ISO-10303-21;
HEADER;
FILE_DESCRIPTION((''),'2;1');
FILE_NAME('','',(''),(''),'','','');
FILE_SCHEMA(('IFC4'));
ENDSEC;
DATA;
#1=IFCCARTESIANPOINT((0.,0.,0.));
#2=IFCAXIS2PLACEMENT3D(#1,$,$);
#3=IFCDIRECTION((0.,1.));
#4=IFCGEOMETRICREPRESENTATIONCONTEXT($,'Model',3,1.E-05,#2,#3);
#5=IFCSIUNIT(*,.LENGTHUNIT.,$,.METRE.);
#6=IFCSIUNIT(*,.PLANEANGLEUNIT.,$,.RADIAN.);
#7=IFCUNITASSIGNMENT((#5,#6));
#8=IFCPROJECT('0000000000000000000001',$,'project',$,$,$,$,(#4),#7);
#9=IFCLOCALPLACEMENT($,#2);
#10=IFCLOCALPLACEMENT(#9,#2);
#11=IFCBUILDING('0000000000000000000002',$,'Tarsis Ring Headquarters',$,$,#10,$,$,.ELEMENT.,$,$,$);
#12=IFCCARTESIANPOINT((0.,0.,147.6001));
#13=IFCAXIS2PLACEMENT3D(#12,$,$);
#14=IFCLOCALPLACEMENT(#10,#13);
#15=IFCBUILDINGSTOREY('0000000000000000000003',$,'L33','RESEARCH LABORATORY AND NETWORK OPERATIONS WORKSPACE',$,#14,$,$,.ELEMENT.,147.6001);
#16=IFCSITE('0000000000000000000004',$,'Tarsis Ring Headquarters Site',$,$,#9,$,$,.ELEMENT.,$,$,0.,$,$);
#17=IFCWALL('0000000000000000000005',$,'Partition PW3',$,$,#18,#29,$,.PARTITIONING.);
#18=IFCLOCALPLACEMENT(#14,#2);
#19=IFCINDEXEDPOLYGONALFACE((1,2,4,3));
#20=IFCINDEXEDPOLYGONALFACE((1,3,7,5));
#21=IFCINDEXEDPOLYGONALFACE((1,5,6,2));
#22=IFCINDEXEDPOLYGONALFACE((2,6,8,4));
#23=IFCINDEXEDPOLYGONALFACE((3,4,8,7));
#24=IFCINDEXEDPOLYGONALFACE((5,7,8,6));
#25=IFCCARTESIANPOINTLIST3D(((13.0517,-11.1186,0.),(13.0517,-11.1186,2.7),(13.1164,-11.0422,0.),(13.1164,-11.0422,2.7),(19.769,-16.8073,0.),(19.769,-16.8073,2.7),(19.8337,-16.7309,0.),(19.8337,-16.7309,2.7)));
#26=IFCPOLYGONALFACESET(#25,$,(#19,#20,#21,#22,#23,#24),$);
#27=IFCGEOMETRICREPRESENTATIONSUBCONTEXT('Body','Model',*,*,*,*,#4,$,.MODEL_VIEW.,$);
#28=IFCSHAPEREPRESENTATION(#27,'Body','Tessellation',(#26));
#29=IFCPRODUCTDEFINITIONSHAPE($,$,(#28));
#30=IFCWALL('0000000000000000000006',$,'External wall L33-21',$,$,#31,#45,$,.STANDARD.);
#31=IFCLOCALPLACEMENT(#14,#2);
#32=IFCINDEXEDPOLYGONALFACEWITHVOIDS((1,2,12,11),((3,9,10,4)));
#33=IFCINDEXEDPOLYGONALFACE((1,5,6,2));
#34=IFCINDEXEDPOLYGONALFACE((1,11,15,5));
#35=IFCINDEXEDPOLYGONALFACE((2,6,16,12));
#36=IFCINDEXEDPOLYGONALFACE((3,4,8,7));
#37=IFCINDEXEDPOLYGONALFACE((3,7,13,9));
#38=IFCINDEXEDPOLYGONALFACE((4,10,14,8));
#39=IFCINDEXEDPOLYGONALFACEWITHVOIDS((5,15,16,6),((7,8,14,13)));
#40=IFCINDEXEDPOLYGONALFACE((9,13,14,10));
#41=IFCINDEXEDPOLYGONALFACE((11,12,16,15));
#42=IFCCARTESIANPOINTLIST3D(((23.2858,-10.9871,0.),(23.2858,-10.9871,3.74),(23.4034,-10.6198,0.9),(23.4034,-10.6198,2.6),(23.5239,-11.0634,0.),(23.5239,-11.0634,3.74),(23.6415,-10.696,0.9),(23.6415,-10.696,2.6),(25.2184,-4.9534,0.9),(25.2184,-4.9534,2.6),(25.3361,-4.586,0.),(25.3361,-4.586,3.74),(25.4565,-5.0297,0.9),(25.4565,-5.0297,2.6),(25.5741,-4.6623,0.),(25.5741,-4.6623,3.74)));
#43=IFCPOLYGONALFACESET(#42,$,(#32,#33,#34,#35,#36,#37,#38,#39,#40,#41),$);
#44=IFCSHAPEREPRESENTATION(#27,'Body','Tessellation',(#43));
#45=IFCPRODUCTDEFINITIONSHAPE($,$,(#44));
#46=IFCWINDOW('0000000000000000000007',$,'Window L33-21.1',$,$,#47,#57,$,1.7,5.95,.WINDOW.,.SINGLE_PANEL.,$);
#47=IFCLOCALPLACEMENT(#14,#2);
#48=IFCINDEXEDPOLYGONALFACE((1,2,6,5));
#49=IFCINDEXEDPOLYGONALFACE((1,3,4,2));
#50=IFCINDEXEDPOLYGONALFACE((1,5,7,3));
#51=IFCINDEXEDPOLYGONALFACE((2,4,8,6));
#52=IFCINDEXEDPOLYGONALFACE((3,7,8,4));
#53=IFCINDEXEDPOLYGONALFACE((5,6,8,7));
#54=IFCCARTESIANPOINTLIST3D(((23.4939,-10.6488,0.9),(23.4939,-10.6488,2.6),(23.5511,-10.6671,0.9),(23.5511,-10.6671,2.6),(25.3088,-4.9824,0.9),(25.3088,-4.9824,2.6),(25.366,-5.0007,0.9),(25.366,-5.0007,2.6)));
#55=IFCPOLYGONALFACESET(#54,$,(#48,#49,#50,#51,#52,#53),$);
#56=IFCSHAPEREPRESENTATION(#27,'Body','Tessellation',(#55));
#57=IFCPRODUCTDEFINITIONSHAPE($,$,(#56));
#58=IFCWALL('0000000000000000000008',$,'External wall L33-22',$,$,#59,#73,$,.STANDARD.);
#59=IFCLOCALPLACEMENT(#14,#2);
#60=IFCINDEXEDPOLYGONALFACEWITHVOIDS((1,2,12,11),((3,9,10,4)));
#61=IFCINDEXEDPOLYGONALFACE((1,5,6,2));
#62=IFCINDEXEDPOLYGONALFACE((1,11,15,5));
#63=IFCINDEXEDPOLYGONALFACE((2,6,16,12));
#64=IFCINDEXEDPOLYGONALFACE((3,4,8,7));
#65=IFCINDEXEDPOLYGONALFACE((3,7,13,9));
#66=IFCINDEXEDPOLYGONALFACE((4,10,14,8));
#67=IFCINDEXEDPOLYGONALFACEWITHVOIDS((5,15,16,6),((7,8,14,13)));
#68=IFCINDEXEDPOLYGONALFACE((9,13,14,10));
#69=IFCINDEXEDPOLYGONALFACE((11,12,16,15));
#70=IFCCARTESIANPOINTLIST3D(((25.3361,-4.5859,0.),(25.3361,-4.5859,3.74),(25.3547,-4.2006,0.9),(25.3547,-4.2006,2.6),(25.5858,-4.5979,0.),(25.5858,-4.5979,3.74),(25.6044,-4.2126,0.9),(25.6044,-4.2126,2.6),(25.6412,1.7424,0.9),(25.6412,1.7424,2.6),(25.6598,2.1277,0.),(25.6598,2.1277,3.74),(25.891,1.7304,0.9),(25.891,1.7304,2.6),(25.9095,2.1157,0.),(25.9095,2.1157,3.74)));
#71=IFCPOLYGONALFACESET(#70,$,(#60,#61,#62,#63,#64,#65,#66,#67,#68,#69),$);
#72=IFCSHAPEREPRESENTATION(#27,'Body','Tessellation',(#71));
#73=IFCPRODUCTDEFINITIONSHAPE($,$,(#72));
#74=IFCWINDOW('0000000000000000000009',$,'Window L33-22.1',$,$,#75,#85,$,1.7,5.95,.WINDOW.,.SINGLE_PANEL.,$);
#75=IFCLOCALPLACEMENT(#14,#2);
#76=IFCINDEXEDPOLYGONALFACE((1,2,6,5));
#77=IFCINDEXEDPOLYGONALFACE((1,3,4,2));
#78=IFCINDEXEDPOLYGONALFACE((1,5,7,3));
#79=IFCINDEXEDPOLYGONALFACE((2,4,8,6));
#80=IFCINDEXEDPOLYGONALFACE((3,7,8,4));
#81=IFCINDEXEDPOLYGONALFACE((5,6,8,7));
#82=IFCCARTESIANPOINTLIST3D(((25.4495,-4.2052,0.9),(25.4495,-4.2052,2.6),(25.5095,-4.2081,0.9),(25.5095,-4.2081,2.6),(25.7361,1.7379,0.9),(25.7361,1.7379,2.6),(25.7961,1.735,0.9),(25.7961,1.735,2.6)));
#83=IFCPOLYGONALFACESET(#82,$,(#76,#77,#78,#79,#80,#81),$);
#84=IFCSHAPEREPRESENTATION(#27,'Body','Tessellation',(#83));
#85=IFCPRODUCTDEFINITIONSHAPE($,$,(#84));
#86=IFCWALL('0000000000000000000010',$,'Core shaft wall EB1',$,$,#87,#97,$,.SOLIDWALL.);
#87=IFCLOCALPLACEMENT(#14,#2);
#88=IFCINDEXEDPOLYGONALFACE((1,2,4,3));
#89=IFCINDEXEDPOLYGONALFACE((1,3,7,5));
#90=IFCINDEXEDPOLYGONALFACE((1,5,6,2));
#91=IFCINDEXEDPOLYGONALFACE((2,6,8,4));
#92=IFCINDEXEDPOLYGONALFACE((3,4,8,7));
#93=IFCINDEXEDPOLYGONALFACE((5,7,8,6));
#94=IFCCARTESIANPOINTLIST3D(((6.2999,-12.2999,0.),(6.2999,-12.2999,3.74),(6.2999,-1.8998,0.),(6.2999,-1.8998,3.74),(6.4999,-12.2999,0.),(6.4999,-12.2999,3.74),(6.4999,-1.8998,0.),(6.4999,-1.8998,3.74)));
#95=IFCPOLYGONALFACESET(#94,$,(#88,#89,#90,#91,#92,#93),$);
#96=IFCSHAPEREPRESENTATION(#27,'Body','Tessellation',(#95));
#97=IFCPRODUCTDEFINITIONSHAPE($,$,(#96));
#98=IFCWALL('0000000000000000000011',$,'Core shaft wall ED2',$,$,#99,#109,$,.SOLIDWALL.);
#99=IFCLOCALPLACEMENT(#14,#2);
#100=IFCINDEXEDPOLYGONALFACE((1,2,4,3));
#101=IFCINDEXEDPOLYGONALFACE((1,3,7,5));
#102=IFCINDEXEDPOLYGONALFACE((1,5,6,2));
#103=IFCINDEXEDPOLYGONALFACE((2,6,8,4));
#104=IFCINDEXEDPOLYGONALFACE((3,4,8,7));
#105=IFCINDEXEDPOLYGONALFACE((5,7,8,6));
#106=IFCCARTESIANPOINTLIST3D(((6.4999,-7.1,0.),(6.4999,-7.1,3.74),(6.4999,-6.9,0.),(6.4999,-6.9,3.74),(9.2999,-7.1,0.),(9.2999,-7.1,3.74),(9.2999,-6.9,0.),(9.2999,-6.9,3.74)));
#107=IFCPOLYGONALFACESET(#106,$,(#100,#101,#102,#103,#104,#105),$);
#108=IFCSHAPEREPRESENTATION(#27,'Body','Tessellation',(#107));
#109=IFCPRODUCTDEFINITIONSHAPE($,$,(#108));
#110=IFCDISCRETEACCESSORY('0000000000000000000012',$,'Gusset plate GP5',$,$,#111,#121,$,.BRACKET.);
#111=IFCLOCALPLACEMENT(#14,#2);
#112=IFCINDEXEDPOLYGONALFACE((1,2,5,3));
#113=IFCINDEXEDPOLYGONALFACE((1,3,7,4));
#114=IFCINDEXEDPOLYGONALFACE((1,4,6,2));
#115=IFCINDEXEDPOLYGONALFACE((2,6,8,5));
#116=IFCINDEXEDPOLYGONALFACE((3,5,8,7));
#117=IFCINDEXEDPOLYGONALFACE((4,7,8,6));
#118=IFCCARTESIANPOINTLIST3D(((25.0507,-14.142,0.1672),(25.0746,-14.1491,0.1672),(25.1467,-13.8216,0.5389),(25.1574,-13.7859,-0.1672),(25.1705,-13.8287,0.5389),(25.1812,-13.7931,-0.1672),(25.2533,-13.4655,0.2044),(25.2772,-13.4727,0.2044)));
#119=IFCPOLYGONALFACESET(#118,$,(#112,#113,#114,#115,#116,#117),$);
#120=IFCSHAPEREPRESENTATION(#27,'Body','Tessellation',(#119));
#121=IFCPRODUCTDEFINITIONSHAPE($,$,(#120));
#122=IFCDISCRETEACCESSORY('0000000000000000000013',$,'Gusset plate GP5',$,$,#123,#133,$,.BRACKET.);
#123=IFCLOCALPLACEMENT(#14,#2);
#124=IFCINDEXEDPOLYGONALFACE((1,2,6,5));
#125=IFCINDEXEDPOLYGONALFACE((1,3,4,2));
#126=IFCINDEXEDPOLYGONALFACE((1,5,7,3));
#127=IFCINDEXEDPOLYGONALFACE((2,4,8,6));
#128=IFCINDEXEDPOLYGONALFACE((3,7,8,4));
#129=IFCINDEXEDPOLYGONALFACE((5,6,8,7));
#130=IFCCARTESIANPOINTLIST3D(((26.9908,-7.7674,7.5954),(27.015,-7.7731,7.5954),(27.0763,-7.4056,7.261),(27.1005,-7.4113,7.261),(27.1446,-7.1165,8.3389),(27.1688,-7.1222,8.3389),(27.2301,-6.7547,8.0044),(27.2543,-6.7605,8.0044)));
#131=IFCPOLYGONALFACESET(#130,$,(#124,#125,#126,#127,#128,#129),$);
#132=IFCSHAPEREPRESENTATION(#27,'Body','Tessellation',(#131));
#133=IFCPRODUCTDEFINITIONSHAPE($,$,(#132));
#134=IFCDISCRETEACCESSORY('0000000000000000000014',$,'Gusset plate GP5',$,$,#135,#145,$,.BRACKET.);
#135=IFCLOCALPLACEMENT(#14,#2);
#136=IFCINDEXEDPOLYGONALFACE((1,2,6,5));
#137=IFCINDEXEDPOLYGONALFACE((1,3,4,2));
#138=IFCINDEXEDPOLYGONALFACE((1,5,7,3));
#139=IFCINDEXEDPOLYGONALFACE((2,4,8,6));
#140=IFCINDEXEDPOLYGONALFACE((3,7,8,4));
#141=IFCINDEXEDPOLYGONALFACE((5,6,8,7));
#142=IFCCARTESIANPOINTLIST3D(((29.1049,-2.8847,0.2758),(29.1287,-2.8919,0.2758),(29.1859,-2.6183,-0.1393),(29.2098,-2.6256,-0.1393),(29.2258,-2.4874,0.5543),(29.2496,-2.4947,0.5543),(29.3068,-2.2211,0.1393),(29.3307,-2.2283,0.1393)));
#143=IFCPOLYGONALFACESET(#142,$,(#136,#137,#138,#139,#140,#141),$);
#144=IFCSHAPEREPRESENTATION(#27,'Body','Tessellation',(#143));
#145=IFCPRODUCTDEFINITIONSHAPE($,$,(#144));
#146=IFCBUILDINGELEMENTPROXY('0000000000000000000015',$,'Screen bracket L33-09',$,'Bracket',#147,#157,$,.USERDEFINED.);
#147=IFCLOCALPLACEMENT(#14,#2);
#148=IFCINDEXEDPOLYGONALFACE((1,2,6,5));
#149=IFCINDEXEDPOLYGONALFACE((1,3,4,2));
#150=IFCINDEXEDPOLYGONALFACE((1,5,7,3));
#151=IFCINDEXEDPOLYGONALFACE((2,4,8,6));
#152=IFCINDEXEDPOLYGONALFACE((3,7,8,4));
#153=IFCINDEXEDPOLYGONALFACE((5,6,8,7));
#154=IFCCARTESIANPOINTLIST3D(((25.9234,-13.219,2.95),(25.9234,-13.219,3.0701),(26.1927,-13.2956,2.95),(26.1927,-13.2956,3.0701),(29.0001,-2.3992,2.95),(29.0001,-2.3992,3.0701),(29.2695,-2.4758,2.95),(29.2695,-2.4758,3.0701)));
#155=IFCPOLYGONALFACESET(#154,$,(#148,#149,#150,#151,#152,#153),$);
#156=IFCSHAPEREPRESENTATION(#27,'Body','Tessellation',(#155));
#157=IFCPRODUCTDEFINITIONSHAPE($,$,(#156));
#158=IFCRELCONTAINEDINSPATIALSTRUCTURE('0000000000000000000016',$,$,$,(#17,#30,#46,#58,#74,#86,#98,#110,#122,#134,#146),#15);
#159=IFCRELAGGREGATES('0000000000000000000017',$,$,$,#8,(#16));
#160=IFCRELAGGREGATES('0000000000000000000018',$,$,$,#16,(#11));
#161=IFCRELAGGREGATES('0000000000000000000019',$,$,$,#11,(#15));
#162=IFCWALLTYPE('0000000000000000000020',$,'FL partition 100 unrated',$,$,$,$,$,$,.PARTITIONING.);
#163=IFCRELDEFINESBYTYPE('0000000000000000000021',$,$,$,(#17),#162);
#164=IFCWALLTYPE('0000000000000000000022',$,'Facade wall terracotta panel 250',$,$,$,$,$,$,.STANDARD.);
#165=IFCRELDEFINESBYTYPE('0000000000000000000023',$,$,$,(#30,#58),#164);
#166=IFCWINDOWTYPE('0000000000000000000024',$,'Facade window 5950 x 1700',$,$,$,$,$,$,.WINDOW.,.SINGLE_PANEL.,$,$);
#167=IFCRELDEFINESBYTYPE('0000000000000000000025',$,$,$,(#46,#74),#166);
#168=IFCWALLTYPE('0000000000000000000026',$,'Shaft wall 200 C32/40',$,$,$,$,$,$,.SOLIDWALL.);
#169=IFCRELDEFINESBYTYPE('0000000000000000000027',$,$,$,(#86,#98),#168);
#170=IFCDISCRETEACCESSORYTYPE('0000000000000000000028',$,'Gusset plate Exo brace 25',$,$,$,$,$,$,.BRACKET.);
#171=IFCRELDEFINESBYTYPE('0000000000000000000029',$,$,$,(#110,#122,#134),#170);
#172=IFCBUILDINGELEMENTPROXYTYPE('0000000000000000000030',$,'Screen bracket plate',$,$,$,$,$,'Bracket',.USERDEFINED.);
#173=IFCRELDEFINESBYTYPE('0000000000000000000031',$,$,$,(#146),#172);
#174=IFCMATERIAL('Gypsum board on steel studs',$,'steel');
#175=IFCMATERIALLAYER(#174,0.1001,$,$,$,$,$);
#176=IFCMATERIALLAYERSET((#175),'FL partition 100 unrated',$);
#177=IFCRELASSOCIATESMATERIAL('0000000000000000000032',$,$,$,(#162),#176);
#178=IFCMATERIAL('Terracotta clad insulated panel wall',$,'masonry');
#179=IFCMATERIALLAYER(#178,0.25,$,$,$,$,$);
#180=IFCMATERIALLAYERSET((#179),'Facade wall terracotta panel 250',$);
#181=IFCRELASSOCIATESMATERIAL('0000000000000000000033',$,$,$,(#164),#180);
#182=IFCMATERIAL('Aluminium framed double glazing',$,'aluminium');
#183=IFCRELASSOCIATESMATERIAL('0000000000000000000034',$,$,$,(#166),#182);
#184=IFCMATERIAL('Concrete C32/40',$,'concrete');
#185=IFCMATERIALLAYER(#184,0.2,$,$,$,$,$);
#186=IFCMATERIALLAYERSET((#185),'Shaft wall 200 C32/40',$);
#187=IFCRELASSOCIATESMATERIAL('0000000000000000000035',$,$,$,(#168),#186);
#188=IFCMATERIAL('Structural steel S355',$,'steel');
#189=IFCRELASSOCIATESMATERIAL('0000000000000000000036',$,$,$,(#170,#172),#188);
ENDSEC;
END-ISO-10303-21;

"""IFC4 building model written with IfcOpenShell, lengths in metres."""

from ifc_helpers import new_model, si_unit, direction, frame, frame_2d, origin, origin_2d, place, context, subcontext, project, spatial, rectangle, extrude, material, layer, layer_set, material_profile, profile_set, type_object, element, fill, save


model = new_model("IFC4")

# Units and contexts
model_context = context("Model", 3, precision=1e-05, world=origin(), true_north=direction((0.0, 1.0)))
body_context = subcontext(model_context, "Body", "Model", "MODEL_VIEW")
ifc_project = project(units=[si_unit("LENGTHUNIT", "METRE"), si_unit("PLANEANGLEUNIT", "RADIAN")], contexts=[model_context])

# Site, building, storey
site_placement = place(None, origin())
site = spatial("IfcSite", under=ifc_project, at=site_placement, Name="Tarsis Ring Headquarters Site", CompositionType="ELEMENT", RefElevation=0.0)
building_placement = place(site_placement, origin())
building = spatial("IfcBuilding", under=site, at=building_placement, Name="Tarsis Ring Headquarters", CompositionType="ELEMENT")
storey_placement = place(building_placement, frame((0.0, 0.0, 147.6001)))
storey = spatial("IfcBuildingStorey", under=building, at=storey_placement, Name="L33", Description="RESEARCH LABORATORY AND NETWORK OPERATIONS WORKSPACE", CompositionType="ELEMENT", Elevation=147.6001)

# Shared definitions
ifc_material_1 = material(Name="Structural steel S355", Category="steel")

# Wall
ifc_material_2 = material(Name="Gypsum board on steel studs", Category="steel")
ifc_layer_1 = layer(ifc_material_2, 0.1001)
ifc_layer_set_1 = layer_set([ifc_layer_1], Name="FL partition 100 unrated")
wall_type_1 = type_object("IfcWallType", Name="FL partition 100 unrated", PredefinedType="PARTITIONING", material=ifc_layer_set_1)
wall_1_placement = place(storey_placement, frame((13.084, -11.0803, 0.0), z_axis=(0.0, 0.0, 1.0), x_axis=(0.763114, -0.646264, 0.0)))
element("IfcWall", 1, at=wall_1_placement, inside=storey, type_object=wall_type_1, Name="Partition PW3", PredefinedType="PARTITIONING", context=body_context, shape_type="SweptSolid", body=[
    extrude(rectangle(XDim=8.8025, YDim=0.1001, at=frame_2d((4.4014, 0.0))), origin(), (0.0, 0.0, 1.0), 2.7),
])

# Walls, openings, windows
ifc_material_3 = material(Name="Terracotta clad insulated panel wall", Category="masonry")
ifc_layer_2 = layer(ifc_material_3, 0.25)
ifc_layer_set_2 = layer_set([ifc_layer_2], Name="Facade wall terracotta panel 250")
wall_type_2 = type_object("IfcWallType", Name="Facade wall terracotta panel 250", PredefinedType="STANDARD", material=ifc_layer_set_2)
wall_2_placement = place(storey_placement, frame((23.4048, -11.0254, 0.0), z_axis=(0.0, 0.0, 1.0), x_axis=(0.305037, 0.952341, 0.0)))
wall_2 = element("IfcWall", 2, at=wall_2_placement, inside=storey, type_object=wall_type_2, Name="External wall L33-21", PredefinedType="STANDARD", context=body_context, shape_type="SweptSolid", body=[
    extrude(rectangle(XDim=6.7214, YDim=0.25, at=frame_2d((3.3608, 0.0))), origin(), (0.0, 0.0, 1.0), 3.74),
])
opening_1_placement = place(wall_2_placement, frame((0.3857, 0.0, 0.8999)))
opening_1 = element("IfcOpeningElement", 3, at=opening_1_placement, cuts=wall_2, PredefinedType="OPENING", context=body_context, shape_type="SweptSolid", body=[
    extrude(rectangle(XDim=5.95, YDim=1.7, at=frame_2d((2.9751, 0.8501))), frame((0.0, 0.135, 0.0), z_axis=(0.0, -1.0, 0.0), x_axis=(1.0, 0.0, 0.0)), (0.0, 0.0, 1.0), 0.27),
])
ifc_material_4 = material(Name="Aluminium framed double glazing", Category="aluminium")
window_type = type_object("IfcWindowType", Name="Facade window 5950 x 1700", PartitioningType="SINGLE_PANEL", PredefinedType="WINDOW", material=ifc_material_4)
window_1_placement = place(opening_1_placement, origin())
window_1 = element("IfcWindow", 4, at=window_1_placement, inside=storey, type_object=window_type, Name="Window L33-21.1", OverallHeight=1.7, OverallWidth=5.95, PartitioningType="SINGLE_PANEL", PredefinedType="WINDOW", context=body_context, shape_type="SweptSolid", body=[
    extrude(rectangle(XDim=5.95, YDim=1.7, at=frame_2d((2.9751, 0.8501))), frame((0.0, 0.03, 0.0), z_axis=(0.0, -1.0, 0.0), x_axis=(1.0, 0.0, 0.0)), (0.0, 0.0, 1.0), 0.0601),
])
fill(opening_1, window_1)
wall_3_placement = place(storey_placement, frame((25.4609, -4.592, 0.0), z_axis=(0.0, 0.0, 1.0), x_axis=(0.048164, 0.998839, 0.0)))
wall_3 = element("IfcWall", 5, at=wall_3_placement, inside=storey, type_object=wall_type_2, Name="External wall L33-22", PredefinedType="STANDARD", context=body_context, shape_type="SweptSolid", body=[
    extrude(rectangle(XDim=6.7214, YDim=0.25, at=frame_2d((3.3608, 0.0))), origin(), (0.0, 0.0, 1.0), 3.74),
])
opening_2_placement = place(wall_3_placement, frame((0.3857, 0.0, 0.8999)))
opening_2 = element("IfcOpeningElement", 6, at=opening_2_placement, cuts=wall_3, PredefinedType="OPENING", context=body_context, shape_type="SweptSolid", body=[
    extrude(rectangle(XDim=5.95, YDim=1.7, at=frame_2d((2.9751, 0.8501))), frame((0.0, 0.135, 0.0), z_axis=(0.0, -1.0, 0.0), x_axis=(1.0, 0.0, 0.0)), (0.0, 0.0, 1.0), 0.27),
])
window_2_placement = place(opening_2_placement, origin())
window_2 = element("IfcWindow", 7, at=window_2_placement, inside=storey, type_object=window_type, Name="Window L33-22.1", OverallHeight=1.7, OverallWidth=5.95, PartitioningType="SINGLE_PANEL", PredefinedType="WINDOW", context=body_context, shape_type="SweptSolid", body=[
    extrude(rectangle(XDim=5.95, YDim=1.7, at=frame_2d((2.9751, 0.8501))), frame((0.0, 0.03, 0.0), z_axis=(0.0, -1.0, 0.0), x_axis=(1.0, 0.0, 0.0)), (0.0, 0.0, 1.0), 0.0601),
])
fill(opening_2, window_2)

# Walls
ifc_material_5 = material(Name="Concrete C32/40", Category="concrete")
ifc_layer_3 = layer(ifc_material_5, 0.2)
ifc_layer_set_3 = layer_set([ifc_layer_3], Name="Shaft wall 200 C32/40")
wall_type_3 = type_object("IfcWallType", Name="Shaft wall 200 C32/40", PredefinedType="SOLIDWALL", material=ifc_layer_set_3)
wall_4_placement = place(storey_placement, frame((6.3999, -12.3, 0.0), z_axis=(0.0, 0.0, 1.0), x_axis=(0.0, 1.0, 0.0)))
element("IfcWall", 8, at=wall_4_placement, inside=storey, type_object=wall_type_3, Name="Core shaft wall EB1", PredefinedType="SOLIDWALL", context=body_context, shape_type="SweptSolid", body=[
    extrude(rectangle(XDim=10.4001, YDim=0.2, at=frame_2d((5.2002, 0.0))), origin(), (0.0, 0.0, 1.0), 3.74),
])
wall_5_placement = place(storey_placement, frame((6.5, -7.0, 0.0), z_axis=(0.0, 0.0, 1.0), x_axis=(1.0, 0.0, 0.0)))
element("IfcWall", 9, at=wall_5_placement, inside=storey, type_object=wall_type_3, Name="Core shaft wall ED2", PredefinedType="SOLIDWALL", context=body_context, shape_type="SweptSolid", body=[
    extrude(rectangle(XDim=2.8, YDim=0.2, at=frame_2d((1.3999, 0.0))), origin(), (0.0, 0.0, 1.0), 3.74),
])

# Discrete accessories
ifc_material_profile_1 = material_profile(ifc_material_1, rectangle(XDim=0.0249, YDim=0.5, at=origin_2d()), Name="PL 25x500")
ifc_profile_set_1 = profile_set([ifc_material_profile_1], Name="Structural steel S355")
discrete_accessory_type = type_object("IfcDiscreteAccessoryType", Name="Gusset plate Exo brace 25", PredefinedType="BRACKET", material=ifc_profile_set_1)
discrete_accessory_1_placement = place(storey_placement, frame((25.116, -13.9675, 0.0), z_axis=(0.191941, 0.64078, 0.743344), x_axis=(-0.957947, 0.286946, 0.0)))
element("IfcDiscreteAccessory", 10, at=discrete_accessory_1_placement, inside=storey, type_object=discrete_accessory_type, Name="Gusset plate GP5", PredefinedType="BRACKET", context=body_context, shape_type="SweptSolid", body=[
    extrude(rectangle(XDim=0.0249, YDim=0.5, at=origin_2d()), origin(), (0.0, 0.0, 1.0), 0.5),
])
discrete_accessory_2_placement = place(storey_placement, frame((27.0457, -7.5894, 7.4282), z_axis=(0.153812, 0.650893, 0.743424), x_axis=(-0.973196, 0.229975, 0.0)))
element("IfcDiscreteAccessory", 11, at=discrete_accessory_2_placement, inside=storey, type_object=discrete_accessory_type, Name="Gusset plate GP5", PredefinedType="BRACKET", context=body_context, shape_type="SweptSolid", body=[
    extrude(rectangle(XDim=0.0249, YDim=0.5, at=origin_2d()), origin(), (0.0, 0.0, 1.0), 1.0),
])
discrete_accessory_3_placement = place(storey_placement, frame((29.2583, -2.4233, 0.0), z_axis=(-0.162183, -0.532956, 0.830454), x_axis=(0.956684, -0.291127, 0.0)))
element("IfcDiscreteAccessory", 12, at=discrete_accessory_3_placement, inside=storey, type_object=discrete_accessory_type, Name="Gusset plate GP5", PredefinedType="BRACKET", context=body_context, shape_type="SweptSolid", body=[
    extrude(rectangle(XDim=0.0249, YDim=0.5, at=origin_2d()), origin(), (0.0, 0.0, 1.0), 0.4998),
])

# Building element proxy
building_element_proxy_type = type_object("IfcBuildingElementProxyType", Name="Screen bracket plate", ElementType="Bracket", PredefinedType="USERDEFINED", material=ifc_material_1)
proxy_placement = place(storey_placement, frame((27.5964, -7.8474, 2.95), z_axis=(0.0, 0.0, 1.0), x_axis=(0.273518, 0.961867, 0.0)))
element("IfcBuildingElementProxy", 13, at=proxy_placement, inside=storey, type_object=building_element_proxy_type, Name="Screen bracket L33-09", ObjectType="Bracket", PredefinedType="USERDEFINED", context=body_context, shape_type="SweptSolid", body=[
    extrude(rectangle(XDim=11.2488, YDim=0.28, at=origin_2d()), origin(), (0.0, 0.0, 1.0), 0.1201),
])

save(model, "model.ifc")
